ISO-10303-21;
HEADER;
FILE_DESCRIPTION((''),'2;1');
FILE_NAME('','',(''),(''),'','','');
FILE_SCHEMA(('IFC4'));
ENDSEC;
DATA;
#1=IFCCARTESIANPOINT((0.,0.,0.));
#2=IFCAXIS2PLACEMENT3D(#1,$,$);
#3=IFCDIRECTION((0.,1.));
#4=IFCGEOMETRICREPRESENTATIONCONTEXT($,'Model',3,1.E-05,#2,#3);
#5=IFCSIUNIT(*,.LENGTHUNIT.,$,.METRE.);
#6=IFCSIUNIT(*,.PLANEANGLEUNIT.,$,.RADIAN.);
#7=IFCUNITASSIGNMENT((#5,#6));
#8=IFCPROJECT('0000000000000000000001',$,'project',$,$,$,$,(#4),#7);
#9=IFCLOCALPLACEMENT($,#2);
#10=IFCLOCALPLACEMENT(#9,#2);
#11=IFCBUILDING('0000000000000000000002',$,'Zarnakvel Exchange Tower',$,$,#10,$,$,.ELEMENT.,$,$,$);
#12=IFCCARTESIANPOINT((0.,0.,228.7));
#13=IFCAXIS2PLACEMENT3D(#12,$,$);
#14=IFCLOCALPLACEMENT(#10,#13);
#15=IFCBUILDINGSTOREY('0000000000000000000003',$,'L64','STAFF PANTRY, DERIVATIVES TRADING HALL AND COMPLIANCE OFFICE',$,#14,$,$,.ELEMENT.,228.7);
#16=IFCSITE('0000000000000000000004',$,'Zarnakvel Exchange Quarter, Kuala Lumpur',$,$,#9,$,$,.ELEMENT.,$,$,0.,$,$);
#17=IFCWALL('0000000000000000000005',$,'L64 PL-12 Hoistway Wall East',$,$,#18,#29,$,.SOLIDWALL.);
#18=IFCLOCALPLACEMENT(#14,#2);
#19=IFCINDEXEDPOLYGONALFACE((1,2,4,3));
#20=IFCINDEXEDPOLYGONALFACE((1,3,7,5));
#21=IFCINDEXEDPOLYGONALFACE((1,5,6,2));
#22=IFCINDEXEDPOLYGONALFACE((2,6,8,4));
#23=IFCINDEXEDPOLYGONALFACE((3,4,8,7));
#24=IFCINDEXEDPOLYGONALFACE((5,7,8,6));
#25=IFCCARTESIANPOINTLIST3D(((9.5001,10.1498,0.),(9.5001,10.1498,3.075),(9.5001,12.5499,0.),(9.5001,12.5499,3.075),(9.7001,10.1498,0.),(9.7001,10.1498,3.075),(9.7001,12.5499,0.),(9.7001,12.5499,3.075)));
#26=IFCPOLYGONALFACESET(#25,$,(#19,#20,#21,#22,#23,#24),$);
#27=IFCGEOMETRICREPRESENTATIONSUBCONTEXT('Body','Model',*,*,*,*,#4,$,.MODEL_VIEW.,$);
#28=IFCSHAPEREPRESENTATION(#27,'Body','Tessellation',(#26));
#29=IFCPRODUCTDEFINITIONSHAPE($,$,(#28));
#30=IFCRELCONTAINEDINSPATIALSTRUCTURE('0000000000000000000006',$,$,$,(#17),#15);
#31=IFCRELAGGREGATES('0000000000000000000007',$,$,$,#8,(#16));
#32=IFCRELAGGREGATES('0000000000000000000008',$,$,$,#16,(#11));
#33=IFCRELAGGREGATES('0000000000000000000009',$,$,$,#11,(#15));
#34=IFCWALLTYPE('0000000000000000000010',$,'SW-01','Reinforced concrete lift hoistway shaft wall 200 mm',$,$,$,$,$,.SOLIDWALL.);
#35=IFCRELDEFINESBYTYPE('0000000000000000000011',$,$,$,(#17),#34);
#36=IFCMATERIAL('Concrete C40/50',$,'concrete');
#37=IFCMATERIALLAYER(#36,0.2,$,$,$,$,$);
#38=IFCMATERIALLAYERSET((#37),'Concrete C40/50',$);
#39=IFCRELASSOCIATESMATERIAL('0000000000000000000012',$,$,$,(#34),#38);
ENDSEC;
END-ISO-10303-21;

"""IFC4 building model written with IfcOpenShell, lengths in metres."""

from ifc_helpers import new_model, si_unit, direction, frame, frame_2d, origin, place, context, subcontext, project, spatial, rectangle, extrude, material, layer, layer_set, type_object, element, save


model = new_model("IFC4")

# Units and contexts
model_context = context("Model", 3, precision=1e-05, world=origin(), true_north=direction((0.0, 1.0)))
body_context = subcontext(model_context, "Body", "Model", "MODEL_VIEW")
ifc_project = project(units=[si_unit("LENGTHUNIT", "METRE"), si_unit("PLANEANGLEUNIT", "RADIAN")], contexts=[model_context])

# Site, building, storey
site_placement = place(None, origin())
site = spatial("IfcSite", under=ifc_project, at=site_placement, Name="Zarnakvel Exchange Quarter, Kuala Lumpur", CompositionType="ELEMENT", RefElevation=0.0)
building_placement = place(site_placement, origin())
building = spatial("IfcBuilding", under=site, at=building_placement, Name="Zarnakvel Exchange Tower", CompositionType="ELEMENT")
storey_placement = place(building_placement, frame((0.0, 0.0, 228.7)))
storey = spatial("IfcBuildingStorey", under=building, at=storey_placement, Name="L64", Description="STAFF PANTRY, DERIVATIVES TRADING HALL AND COMPLIANCE OFFICE", CompositionType="ELEMENT", Elevation=228.7)

# Wall
ifc_material_1 = material(Name="Concrete C40/50", Category="concrete")
ifc_layer_1 = layer(ifc_material_1, 0.2)
ifc_layer_set_1 = layer_set([ifc_layer_1], Name="Concrete C40/50")
wall_type_1 = type_object("IfcWallType", Name="SW-01", Description="Reinforced concrete lift hoistway shaft wall 200 mm", PredefinedType="SOLIDWALL", material=ifc_layer_set_1)
wall_1_placement = place(storey_placement, frame((9.6001, 12.55, 0.0), z_axis=(0.0, 0.0, 1.0), x_axis=(0.0, -1.0, 0.0)))
element("IfcWall", 1, at=wall_1_placement, inside=storey, type_object=wall_type_1, Name="L64 PL-12 Hoistway Wall East", PredefinedType="SOLIDWALL", context=body_context, shape_type="SweptSolid", body=[
    extrude(rectangle(XDim=2.4001, YDim=0.2, at=frame_2d((1.2002, 0.0))), origin(), (0.0, 0.0, 1.0), 3.075),
])

save(model, "model.ifc")
